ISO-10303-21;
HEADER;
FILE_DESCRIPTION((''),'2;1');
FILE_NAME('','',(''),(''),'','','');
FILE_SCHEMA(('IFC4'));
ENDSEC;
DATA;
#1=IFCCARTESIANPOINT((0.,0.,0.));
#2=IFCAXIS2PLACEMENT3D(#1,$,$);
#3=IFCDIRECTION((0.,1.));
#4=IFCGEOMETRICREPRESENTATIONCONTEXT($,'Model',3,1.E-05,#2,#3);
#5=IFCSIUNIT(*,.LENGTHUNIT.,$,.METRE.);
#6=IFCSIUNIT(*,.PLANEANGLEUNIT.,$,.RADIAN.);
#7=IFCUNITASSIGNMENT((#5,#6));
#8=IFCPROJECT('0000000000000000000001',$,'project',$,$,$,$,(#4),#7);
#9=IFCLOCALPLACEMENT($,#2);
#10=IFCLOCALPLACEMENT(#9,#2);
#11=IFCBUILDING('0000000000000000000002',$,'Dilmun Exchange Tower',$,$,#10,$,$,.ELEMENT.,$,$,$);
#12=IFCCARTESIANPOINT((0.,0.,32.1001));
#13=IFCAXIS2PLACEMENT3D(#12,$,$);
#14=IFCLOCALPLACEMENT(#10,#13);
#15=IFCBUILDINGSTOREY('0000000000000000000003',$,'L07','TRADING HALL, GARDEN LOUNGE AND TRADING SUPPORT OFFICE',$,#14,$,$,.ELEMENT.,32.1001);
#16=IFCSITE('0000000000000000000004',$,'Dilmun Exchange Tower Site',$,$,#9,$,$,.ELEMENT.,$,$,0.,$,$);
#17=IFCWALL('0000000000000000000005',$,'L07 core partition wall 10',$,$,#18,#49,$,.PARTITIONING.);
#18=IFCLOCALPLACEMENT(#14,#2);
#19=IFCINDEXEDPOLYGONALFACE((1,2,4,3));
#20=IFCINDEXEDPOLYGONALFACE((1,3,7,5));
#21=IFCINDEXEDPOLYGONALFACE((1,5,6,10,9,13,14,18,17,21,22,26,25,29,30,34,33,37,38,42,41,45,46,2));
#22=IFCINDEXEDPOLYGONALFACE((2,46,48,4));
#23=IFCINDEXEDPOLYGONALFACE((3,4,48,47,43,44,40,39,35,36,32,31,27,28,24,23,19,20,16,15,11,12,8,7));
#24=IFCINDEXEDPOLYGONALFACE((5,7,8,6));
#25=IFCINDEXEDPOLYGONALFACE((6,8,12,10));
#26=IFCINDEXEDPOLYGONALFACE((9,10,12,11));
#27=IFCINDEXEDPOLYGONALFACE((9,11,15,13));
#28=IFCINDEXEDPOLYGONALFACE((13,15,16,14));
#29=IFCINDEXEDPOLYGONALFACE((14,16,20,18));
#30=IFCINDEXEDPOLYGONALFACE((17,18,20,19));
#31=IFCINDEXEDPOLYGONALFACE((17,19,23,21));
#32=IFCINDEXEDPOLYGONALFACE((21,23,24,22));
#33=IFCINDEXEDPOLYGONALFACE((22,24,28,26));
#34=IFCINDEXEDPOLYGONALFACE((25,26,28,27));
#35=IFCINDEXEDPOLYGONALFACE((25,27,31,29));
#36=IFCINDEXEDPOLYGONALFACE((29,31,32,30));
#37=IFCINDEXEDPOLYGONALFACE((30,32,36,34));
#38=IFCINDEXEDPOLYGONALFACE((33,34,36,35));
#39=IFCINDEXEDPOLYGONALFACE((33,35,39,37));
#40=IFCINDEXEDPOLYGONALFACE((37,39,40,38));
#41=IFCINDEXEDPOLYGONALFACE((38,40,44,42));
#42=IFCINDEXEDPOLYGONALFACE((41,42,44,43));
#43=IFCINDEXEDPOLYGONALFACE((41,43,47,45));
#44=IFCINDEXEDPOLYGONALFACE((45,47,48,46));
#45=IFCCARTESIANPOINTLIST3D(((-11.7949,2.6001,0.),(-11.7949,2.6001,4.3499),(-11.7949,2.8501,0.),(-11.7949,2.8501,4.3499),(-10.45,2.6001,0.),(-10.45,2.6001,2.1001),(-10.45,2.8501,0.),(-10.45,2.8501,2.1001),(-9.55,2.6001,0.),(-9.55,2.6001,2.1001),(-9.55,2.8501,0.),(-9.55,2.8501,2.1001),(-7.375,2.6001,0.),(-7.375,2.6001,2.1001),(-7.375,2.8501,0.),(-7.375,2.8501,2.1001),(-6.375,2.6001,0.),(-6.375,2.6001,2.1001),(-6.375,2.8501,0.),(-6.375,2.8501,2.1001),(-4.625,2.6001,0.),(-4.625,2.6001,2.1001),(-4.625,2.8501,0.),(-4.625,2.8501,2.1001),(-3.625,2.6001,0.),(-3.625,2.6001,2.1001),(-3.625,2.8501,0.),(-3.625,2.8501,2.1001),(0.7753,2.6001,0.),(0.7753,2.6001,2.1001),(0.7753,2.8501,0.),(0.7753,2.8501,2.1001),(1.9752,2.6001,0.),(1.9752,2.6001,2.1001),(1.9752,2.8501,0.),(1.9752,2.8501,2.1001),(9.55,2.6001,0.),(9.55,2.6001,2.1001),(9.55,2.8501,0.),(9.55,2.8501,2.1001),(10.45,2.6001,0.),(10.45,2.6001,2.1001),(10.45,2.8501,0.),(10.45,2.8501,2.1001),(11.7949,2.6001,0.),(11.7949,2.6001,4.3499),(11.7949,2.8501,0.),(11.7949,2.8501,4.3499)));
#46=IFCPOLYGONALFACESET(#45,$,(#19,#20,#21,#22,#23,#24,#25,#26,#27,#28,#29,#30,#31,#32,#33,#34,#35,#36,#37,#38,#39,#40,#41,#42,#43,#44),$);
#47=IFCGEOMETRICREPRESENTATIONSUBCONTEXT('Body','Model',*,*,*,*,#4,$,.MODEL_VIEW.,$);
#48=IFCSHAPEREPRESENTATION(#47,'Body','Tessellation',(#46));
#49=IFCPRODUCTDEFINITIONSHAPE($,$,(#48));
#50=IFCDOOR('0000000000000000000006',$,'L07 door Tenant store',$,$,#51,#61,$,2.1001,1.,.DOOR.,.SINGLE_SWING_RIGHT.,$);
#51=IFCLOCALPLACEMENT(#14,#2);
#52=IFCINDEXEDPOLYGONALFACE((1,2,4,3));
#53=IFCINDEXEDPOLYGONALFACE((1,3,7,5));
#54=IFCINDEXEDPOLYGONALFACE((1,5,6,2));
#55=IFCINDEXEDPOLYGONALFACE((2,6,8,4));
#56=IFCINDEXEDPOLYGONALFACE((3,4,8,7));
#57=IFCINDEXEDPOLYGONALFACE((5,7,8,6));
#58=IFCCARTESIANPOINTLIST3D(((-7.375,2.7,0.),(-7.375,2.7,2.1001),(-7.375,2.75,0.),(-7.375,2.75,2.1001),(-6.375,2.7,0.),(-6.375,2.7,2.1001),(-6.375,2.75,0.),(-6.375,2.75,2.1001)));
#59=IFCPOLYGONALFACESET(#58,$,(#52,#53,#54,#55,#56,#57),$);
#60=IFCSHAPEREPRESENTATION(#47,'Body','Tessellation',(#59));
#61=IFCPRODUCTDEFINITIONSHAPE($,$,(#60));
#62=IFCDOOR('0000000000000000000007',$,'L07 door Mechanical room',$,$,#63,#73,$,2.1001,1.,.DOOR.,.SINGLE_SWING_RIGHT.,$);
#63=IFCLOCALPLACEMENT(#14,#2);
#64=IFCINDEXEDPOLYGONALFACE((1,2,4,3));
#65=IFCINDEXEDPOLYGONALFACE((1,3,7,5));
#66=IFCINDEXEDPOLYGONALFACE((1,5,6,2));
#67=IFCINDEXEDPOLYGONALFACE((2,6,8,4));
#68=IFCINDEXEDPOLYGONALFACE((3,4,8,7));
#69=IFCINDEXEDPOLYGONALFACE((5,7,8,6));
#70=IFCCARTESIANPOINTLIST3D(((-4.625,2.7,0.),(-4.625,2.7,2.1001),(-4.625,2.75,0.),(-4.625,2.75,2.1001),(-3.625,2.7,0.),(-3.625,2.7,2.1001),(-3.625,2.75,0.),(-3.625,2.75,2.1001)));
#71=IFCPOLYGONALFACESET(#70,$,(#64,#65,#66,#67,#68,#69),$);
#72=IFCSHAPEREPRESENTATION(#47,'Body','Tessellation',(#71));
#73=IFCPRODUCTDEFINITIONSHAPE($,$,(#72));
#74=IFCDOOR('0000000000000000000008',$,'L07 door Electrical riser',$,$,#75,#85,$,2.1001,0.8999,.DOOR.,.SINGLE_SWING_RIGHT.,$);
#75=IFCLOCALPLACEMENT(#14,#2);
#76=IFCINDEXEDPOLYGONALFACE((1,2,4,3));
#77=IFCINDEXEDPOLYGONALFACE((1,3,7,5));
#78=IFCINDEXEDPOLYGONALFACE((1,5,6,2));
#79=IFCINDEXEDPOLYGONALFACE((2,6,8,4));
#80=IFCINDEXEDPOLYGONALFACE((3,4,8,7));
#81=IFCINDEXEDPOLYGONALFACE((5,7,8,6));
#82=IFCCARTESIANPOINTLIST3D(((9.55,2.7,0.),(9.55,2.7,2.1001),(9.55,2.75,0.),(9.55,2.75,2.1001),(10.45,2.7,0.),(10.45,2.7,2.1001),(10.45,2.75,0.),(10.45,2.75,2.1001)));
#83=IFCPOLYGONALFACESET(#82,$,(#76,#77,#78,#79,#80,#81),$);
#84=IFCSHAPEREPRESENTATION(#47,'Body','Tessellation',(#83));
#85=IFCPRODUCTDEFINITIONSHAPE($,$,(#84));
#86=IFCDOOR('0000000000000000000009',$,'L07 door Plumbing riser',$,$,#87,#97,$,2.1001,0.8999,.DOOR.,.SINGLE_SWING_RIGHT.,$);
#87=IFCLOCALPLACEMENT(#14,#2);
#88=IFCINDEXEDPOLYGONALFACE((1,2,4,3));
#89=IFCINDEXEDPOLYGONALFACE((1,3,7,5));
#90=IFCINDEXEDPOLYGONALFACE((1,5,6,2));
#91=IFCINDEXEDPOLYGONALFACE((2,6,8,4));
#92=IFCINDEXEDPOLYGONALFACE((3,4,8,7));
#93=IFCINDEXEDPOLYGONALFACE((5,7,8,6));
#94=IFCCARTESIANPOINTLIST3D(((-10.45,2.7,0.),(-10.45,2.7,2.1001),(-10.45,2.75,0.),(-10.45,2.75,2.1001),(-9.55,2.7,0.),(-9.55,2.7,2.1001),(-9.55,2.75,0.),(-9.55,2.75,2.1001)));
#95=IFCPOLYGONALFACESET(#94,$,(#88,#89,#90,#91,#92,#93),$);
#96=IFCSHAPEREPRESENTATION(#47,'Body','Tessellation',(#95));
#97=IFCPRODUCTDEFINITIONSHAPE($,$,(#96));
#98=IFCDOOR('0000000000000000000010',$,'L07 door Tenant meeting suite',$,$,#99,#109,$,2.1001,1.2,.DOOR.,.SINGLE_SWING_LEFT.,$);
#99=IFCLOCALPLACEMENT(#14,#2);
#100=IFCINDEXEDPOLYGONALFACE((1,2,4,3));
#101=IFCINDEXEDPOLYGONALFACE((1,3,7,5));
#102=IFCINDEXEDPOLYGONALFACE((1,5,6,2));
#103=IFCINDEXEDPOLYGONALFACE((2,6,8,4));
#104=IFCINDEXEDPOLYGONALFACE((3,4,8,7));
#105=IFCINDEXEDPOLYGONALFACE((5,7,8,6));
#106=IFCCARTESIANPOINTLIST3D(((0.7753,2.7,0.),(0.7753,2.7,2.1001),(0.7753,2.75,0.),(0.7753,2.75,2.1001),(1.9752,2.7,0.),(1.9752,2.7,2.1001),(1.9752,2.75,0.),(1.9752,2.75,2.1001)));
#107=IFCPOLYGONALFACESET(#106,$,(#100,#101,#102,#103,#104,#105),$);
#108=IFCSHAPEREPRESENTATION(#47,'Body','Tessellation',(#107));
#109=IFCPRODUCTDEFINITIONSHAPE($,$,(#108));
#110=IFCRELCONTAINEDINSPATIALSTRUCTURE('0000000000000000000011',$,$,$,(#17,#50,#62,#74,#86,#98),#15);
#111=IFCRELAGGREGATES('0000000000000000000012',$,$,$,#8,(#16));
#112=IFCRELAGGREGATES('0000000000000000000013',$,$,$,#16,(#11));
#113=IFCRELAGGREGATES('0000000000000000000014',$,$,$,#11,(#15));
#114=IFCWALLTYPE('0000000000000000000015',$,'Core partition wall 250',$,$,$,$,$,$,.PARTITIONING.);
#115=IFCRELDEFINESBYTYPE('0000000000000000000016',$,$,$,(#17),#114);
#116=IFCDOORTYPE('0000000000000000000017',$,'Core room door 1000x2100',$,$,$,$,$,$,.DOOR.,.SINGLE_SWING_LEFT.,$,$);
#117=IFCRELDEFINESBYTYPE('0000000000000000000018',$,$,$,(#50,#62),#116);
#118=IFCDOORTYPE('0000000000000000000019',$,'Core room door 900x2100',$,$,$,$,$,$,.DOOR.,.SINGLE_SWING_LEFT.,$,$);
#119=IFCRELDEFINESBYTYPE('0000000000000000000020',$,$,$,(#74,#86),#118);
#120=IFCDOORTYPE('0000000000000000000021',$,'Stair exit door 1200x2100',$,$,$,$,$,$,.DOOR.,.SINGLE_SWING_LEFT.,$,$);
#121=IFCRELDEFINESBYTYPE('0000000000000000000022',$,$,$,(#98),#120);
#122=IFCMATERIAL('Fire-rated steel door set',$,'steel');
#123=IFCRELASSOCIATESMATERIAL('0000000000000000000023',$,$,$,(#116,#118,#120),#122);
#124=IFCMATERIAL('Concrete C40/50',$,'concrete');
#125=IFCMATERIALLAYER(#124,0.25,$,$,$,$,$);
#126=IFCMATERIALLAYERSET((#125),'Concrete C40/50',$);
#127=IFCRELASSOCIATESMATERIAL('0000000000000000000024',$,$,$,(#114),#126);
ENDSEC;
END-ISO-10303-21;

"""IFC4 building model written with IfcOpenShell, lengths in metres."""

from ifc_helpers import new_model, si_unit, direction, frame, frame_2d, origin, place, context, subcontext, project, spatial, rectangle, extrude, material, layer, layer_set, type_object, element, fill, save


model = new_model("IFC4")

# Units and contexts
model_context = context("Model", 3, precision=1e-05, world=origin(), true_north=direction((0.0, 1.0)))
body_context = subcontext(model_context, "Body", "Model", "MODEL_VIEW")
ifc_project = project(units=[si_unit("LENGTHUNIT", "METRE"), si_unit("PLANEANGLEUNIT", "RADIAN")], contexts=[model_context])

# Site, building, storey
site_placement = place(None, origin())
site = spatial("IfcSite", under=ifc_project, at=site_placement, Name="Dilmun Exchange Tower Site", CompositionType="ELEMENT", RefElevation=0.0)
building_placement = place(site_placement, origin())
building = spatial("IfcBuilding", under=site, at=building_placement, Name="Dilmun Exchange Tower", CompositionType="ELEMENT")
storey_placement = place(building_placement, frame((0.0, 0.0, 32.1001)))
storey = spatial("IfcBuildingStorey", under=building, at=storey_placement, Name="L07", Description="TRADING HALL, GARDEN LOUNGE AND TRADING SUPPORT OFFICE", CompositionType="ELEMENT", Elevation=32.1001)

# Shared definitions
ifc_material_1 = material(Name="Concrete C40/50", Category="concrete")

# Shared definitions
ifc_material_2 = material(Name="Fire-rated steel door set", Category="steel")
door_type_1 = type_object("IfcDoorType", Name="Core room door 1000x2100", OperationType="SINGLE_SWING_LEFT", PredefinedType="DOOR", material=ifc_material_2)

# Wall, openings, doors
ifc_layer_1 = layer(ifc_material_1, 0.25)
ifc_layer_set_1 = layer_set([ifc_layer_1], Name="Concrete C40/50")
wall_type_1 = type_object("IfcWallType", Name="Core partition wall 250", PredefinedType="PARTITIONING", material=ifc_layer_set_1)
wall_1_placement = place(storey_placement, frame((-11.7949, 2.7251, 0.0), z_axis=(0.0, 0.0, 1.0), x_axis=(1.0, 0.0, 0.0)))
wall_1 = element("IfcWall", 1, at=wall_1_placement, inside=storey, type_object=wall_type_1, Name="L07 core partition wall 10", PredefinedType="PARTITIONING", context=body_context, shape_type="SweptSolid", body=[
    extrude(rectangle(XDim=23.5898, YDim=0.25, at=frame_2d((11.7949, 0.0))), origin(), (0.0, 0.0, 1.0), 4.3499),
])
opening_1_placement = place(wall_1_placement, frame((21.345, 0.0, 0.0)))
opening_1 = element("IfcOpeningElement", 2, at=opening_1_placement, cuts=wall_1, PredefinedType="OPENING", context=body_context, shape_type="SweptSolid", body=[
    extrude(rectangle(XDim=0.8999, YDim=2.1001, at=frame_2d((0.45, 1.05))), frame((0.0, 0.135, 0.0), z_axis=(0.0, -1.0, 0.0), x_axis=(1.0, 0.0, 0.0)), (0.0, 0.0, 1.0), 0.27),
])
opening_2_placement = place(wall_1_placement, frame((1.345, 0.0, 0.0)))
opening_2 = element("IfcOpeningElement", 3, at=opening_2_placement, cuts=wall_1, PredefinedType="OPENING", context=body_context, shape_type="SweptSolid", body=[
    extrude(rectangle(XDim=0.8999, YDim=2.1001, at=frame_2d((0.45, 1.05))), frame((0.0, 0.135, 0.0), z_axis=(0.0, -1.0, 0.0), x_axis=(1.0, 0.0, 0.0)), (0.0, 0.0, 1.0), 0.27),
])
opening_3_placement = place(wall_1_placement, frame((4.4199, 0.0, 0.0)))
opening_3 = element("IfcOpeningElement", 4, at=opening_3_placement, cuts=wall_1, PredefinedType="OPENING", context=body_context, shape_type="SweptSolid", body=[
    extrude(rectangle(XDim=1.0, YDim=2.1001, at=frame_2d((0.5, 1.05))), frame((0.0, 0.135, 0.0), z_axis=(0.0, -1.0, 0.0), x_axis=(1.0, 0.0, 0.0)), (0.0, 0.0, 1.0), 0.27),
])
opening_4_placement = place(wall_1_placement, frame((7.1699, 0.0, 0.0)))
opening_4 = element("IfcOpeningElement", 5, at=opening_4_placement, cuts=wall_1, PredefinedType="OPENING", context=body_context, shape_type="SweptSolid", body=[
    extrude(rectangle(XDim=1.0, YDim=2.1001, at=frame_2d((0.5, 1.05))), frame((0.0, 0.135, 0.0), z_axis=(0.0, -1.0, 0.0), x_axis=(1.0, 0.0, 0.0)), (0.0, 0.0, 1.0), 0.27),
])
opening_5_placement = place(wall_1_placement, frame((12.5701, 0.0, 0.0)))
opening_5 = element("IfcOpeningElement", 6, at=opening_5_placement, cuts=wall_1, PredefinedType="OPENING", context=body_context, shape_type="SweptSolid", body=[
    extrude(rectangle(XDim=1.2, YDim=2.1001, at=frame_2d((0.6001, 1.05))), frame((0.0, 0.135, 0.0), z_axis=(0.0, -1.0, 0.0), x_axis=(1.0, 0.0, 0.0)), (0.0, 0.0, 1.0), 0.27),
])
door_1_placement = place(opening_3_placement, origin())
door_1 = element("IfcDoor", 7, at=door_1_placement, inside=storey, type_object=door_type_1, Name="L07 door Tenant store", OperationType="SINGLE_SWING_RIGHT", OverallHeight=2.1001, OverallWidth=1.0, PredefinedType="DOOR", context=body_context, shape_type="SweptSolid", body=[
    extrude(rectangle(XDim=1.0, YDim=2.1001, at=frame_2d((0.5, 1.05))), frame((0.0, 0.0249, 0.0), z_axis=(0.0, -1.0, 0.0), x_axis=(1.0, 0.0, 0.0)), (0.0, 0.0, 1.0), 0.05),
])
fill(opening_3, door_1)
door_2_placement = place(opening_4_placement, origin())
door_2 = element("IfcDoor", 8, at=door_2_placement, inside=storey, type_object=door_type_1, Name="L07 door Mechanical room", OperationType="SINGLE_SWING_RIGHT", OverallHeight=2.1001, OverallWidth=1.0, PredefinedType="DOOR", context=body_context, shape_type="SweptSolid", body=[
    extrude(rectangle(XDim=1.0, YDim=2.1001, at=frame_2d((0.5, 1.05))), frame((0.0, 0.0249, 0.0), z_axis=(0.0, -1.0, 0.0), x_axis=(1.0, 0.0, 0.0)), (0.0, 0.0, 1.0), 0.05),
])
fill(opening_4, door_2)
door_type_2 = type_object("IfcDoorType", Name="Core room door 900x2100", OperationType="SINGLE_SWING_LEFT", PredefinedType="DOOR", material=ifc_material_2)
door_3_placement = place(opening_1_placement, origin())
door_3 = element("IfcDoor", 9, at=door_3_placement, inside=storey, type_object=door_type_2, Name="L07 door Electrical riser", OperationType="SINGLE_SWING_RIGHT", OverallHeight=2.1001, OverallWidth=0.8999, PredefinedType="DOOR", context=body_context, shape_type="SweptSolid", body=[
    extrude(rectangle(XDim=0.8999, YDim=2.1001, at=frame_2d((0.45, 1.05))), frame((0.0, 0.0249, 0.0), z_axis=(0.0, -1.0, 0.0), x_axis=(1.0, 0.0, 0.0)), (0.0, 0.0, 1.0), 0.05),
])
fill(opening_1, door_3)
door_4_placement = place(opening_2_placement, origin())
door_4 = element("IfcDoor", 10, at=door_4_placement, inside=storey, type_object=door_type_2, Name="L07 door Plumbing riser", OperationType="SINGLE_SWING_RIGHT", OverallHeight=2.1001, OverallWidth=0.8999, PredefinedType="DOOR", context=body_context, shape_type="SweptSolid", body=[
    extrude(rectangle(XDim=0.8999, YDim=2.1001, at=frame_2d((0.45, 1.05))), frame((0.0, 0.0249, 0.0), z_axis=(0.0, -1.0, 0.0), x_axis=(1.0, 0.0, 0.0)), (0.0, 0.0, 1.0), 0.05),
])
fill(opening_2, door_4)
door_type_3 = type_object("IfcDoorType", Name="Stair exit door 1200x2100", OperationType="SINGLE_SWING_LEFT", PredefinedType="DOOR", material=ifc_material_2)
door_5_placement = place(opening_5_placement, origin())
door_5 = element("IfcDoor", 11, at=door_5_placement, inside=storey, type_object=door_type_3, Name="L07 door Tenant meeting suite", OperationType="SINGLE_SWING_LEFT", OverallHeight=2.1001, OverallWidth=1.2, PredefinedType="DOOR", context=body_context, shape_type="SweptSolid", body=[
    extrude(rectangle(XDim=1.2, YDim=2.1001, at=frame_2d((0.6001, 1.05))), frame((0.0, 0.0249, 0.0), z_axis=(0.0, -1.0, 0.0), x_axis=(1.0, 0.0, 0.0)), (0.0, 0.0, 1.0), 0.05),
])
fill(opening_5, door_5)

save(model, "model.ifc")
